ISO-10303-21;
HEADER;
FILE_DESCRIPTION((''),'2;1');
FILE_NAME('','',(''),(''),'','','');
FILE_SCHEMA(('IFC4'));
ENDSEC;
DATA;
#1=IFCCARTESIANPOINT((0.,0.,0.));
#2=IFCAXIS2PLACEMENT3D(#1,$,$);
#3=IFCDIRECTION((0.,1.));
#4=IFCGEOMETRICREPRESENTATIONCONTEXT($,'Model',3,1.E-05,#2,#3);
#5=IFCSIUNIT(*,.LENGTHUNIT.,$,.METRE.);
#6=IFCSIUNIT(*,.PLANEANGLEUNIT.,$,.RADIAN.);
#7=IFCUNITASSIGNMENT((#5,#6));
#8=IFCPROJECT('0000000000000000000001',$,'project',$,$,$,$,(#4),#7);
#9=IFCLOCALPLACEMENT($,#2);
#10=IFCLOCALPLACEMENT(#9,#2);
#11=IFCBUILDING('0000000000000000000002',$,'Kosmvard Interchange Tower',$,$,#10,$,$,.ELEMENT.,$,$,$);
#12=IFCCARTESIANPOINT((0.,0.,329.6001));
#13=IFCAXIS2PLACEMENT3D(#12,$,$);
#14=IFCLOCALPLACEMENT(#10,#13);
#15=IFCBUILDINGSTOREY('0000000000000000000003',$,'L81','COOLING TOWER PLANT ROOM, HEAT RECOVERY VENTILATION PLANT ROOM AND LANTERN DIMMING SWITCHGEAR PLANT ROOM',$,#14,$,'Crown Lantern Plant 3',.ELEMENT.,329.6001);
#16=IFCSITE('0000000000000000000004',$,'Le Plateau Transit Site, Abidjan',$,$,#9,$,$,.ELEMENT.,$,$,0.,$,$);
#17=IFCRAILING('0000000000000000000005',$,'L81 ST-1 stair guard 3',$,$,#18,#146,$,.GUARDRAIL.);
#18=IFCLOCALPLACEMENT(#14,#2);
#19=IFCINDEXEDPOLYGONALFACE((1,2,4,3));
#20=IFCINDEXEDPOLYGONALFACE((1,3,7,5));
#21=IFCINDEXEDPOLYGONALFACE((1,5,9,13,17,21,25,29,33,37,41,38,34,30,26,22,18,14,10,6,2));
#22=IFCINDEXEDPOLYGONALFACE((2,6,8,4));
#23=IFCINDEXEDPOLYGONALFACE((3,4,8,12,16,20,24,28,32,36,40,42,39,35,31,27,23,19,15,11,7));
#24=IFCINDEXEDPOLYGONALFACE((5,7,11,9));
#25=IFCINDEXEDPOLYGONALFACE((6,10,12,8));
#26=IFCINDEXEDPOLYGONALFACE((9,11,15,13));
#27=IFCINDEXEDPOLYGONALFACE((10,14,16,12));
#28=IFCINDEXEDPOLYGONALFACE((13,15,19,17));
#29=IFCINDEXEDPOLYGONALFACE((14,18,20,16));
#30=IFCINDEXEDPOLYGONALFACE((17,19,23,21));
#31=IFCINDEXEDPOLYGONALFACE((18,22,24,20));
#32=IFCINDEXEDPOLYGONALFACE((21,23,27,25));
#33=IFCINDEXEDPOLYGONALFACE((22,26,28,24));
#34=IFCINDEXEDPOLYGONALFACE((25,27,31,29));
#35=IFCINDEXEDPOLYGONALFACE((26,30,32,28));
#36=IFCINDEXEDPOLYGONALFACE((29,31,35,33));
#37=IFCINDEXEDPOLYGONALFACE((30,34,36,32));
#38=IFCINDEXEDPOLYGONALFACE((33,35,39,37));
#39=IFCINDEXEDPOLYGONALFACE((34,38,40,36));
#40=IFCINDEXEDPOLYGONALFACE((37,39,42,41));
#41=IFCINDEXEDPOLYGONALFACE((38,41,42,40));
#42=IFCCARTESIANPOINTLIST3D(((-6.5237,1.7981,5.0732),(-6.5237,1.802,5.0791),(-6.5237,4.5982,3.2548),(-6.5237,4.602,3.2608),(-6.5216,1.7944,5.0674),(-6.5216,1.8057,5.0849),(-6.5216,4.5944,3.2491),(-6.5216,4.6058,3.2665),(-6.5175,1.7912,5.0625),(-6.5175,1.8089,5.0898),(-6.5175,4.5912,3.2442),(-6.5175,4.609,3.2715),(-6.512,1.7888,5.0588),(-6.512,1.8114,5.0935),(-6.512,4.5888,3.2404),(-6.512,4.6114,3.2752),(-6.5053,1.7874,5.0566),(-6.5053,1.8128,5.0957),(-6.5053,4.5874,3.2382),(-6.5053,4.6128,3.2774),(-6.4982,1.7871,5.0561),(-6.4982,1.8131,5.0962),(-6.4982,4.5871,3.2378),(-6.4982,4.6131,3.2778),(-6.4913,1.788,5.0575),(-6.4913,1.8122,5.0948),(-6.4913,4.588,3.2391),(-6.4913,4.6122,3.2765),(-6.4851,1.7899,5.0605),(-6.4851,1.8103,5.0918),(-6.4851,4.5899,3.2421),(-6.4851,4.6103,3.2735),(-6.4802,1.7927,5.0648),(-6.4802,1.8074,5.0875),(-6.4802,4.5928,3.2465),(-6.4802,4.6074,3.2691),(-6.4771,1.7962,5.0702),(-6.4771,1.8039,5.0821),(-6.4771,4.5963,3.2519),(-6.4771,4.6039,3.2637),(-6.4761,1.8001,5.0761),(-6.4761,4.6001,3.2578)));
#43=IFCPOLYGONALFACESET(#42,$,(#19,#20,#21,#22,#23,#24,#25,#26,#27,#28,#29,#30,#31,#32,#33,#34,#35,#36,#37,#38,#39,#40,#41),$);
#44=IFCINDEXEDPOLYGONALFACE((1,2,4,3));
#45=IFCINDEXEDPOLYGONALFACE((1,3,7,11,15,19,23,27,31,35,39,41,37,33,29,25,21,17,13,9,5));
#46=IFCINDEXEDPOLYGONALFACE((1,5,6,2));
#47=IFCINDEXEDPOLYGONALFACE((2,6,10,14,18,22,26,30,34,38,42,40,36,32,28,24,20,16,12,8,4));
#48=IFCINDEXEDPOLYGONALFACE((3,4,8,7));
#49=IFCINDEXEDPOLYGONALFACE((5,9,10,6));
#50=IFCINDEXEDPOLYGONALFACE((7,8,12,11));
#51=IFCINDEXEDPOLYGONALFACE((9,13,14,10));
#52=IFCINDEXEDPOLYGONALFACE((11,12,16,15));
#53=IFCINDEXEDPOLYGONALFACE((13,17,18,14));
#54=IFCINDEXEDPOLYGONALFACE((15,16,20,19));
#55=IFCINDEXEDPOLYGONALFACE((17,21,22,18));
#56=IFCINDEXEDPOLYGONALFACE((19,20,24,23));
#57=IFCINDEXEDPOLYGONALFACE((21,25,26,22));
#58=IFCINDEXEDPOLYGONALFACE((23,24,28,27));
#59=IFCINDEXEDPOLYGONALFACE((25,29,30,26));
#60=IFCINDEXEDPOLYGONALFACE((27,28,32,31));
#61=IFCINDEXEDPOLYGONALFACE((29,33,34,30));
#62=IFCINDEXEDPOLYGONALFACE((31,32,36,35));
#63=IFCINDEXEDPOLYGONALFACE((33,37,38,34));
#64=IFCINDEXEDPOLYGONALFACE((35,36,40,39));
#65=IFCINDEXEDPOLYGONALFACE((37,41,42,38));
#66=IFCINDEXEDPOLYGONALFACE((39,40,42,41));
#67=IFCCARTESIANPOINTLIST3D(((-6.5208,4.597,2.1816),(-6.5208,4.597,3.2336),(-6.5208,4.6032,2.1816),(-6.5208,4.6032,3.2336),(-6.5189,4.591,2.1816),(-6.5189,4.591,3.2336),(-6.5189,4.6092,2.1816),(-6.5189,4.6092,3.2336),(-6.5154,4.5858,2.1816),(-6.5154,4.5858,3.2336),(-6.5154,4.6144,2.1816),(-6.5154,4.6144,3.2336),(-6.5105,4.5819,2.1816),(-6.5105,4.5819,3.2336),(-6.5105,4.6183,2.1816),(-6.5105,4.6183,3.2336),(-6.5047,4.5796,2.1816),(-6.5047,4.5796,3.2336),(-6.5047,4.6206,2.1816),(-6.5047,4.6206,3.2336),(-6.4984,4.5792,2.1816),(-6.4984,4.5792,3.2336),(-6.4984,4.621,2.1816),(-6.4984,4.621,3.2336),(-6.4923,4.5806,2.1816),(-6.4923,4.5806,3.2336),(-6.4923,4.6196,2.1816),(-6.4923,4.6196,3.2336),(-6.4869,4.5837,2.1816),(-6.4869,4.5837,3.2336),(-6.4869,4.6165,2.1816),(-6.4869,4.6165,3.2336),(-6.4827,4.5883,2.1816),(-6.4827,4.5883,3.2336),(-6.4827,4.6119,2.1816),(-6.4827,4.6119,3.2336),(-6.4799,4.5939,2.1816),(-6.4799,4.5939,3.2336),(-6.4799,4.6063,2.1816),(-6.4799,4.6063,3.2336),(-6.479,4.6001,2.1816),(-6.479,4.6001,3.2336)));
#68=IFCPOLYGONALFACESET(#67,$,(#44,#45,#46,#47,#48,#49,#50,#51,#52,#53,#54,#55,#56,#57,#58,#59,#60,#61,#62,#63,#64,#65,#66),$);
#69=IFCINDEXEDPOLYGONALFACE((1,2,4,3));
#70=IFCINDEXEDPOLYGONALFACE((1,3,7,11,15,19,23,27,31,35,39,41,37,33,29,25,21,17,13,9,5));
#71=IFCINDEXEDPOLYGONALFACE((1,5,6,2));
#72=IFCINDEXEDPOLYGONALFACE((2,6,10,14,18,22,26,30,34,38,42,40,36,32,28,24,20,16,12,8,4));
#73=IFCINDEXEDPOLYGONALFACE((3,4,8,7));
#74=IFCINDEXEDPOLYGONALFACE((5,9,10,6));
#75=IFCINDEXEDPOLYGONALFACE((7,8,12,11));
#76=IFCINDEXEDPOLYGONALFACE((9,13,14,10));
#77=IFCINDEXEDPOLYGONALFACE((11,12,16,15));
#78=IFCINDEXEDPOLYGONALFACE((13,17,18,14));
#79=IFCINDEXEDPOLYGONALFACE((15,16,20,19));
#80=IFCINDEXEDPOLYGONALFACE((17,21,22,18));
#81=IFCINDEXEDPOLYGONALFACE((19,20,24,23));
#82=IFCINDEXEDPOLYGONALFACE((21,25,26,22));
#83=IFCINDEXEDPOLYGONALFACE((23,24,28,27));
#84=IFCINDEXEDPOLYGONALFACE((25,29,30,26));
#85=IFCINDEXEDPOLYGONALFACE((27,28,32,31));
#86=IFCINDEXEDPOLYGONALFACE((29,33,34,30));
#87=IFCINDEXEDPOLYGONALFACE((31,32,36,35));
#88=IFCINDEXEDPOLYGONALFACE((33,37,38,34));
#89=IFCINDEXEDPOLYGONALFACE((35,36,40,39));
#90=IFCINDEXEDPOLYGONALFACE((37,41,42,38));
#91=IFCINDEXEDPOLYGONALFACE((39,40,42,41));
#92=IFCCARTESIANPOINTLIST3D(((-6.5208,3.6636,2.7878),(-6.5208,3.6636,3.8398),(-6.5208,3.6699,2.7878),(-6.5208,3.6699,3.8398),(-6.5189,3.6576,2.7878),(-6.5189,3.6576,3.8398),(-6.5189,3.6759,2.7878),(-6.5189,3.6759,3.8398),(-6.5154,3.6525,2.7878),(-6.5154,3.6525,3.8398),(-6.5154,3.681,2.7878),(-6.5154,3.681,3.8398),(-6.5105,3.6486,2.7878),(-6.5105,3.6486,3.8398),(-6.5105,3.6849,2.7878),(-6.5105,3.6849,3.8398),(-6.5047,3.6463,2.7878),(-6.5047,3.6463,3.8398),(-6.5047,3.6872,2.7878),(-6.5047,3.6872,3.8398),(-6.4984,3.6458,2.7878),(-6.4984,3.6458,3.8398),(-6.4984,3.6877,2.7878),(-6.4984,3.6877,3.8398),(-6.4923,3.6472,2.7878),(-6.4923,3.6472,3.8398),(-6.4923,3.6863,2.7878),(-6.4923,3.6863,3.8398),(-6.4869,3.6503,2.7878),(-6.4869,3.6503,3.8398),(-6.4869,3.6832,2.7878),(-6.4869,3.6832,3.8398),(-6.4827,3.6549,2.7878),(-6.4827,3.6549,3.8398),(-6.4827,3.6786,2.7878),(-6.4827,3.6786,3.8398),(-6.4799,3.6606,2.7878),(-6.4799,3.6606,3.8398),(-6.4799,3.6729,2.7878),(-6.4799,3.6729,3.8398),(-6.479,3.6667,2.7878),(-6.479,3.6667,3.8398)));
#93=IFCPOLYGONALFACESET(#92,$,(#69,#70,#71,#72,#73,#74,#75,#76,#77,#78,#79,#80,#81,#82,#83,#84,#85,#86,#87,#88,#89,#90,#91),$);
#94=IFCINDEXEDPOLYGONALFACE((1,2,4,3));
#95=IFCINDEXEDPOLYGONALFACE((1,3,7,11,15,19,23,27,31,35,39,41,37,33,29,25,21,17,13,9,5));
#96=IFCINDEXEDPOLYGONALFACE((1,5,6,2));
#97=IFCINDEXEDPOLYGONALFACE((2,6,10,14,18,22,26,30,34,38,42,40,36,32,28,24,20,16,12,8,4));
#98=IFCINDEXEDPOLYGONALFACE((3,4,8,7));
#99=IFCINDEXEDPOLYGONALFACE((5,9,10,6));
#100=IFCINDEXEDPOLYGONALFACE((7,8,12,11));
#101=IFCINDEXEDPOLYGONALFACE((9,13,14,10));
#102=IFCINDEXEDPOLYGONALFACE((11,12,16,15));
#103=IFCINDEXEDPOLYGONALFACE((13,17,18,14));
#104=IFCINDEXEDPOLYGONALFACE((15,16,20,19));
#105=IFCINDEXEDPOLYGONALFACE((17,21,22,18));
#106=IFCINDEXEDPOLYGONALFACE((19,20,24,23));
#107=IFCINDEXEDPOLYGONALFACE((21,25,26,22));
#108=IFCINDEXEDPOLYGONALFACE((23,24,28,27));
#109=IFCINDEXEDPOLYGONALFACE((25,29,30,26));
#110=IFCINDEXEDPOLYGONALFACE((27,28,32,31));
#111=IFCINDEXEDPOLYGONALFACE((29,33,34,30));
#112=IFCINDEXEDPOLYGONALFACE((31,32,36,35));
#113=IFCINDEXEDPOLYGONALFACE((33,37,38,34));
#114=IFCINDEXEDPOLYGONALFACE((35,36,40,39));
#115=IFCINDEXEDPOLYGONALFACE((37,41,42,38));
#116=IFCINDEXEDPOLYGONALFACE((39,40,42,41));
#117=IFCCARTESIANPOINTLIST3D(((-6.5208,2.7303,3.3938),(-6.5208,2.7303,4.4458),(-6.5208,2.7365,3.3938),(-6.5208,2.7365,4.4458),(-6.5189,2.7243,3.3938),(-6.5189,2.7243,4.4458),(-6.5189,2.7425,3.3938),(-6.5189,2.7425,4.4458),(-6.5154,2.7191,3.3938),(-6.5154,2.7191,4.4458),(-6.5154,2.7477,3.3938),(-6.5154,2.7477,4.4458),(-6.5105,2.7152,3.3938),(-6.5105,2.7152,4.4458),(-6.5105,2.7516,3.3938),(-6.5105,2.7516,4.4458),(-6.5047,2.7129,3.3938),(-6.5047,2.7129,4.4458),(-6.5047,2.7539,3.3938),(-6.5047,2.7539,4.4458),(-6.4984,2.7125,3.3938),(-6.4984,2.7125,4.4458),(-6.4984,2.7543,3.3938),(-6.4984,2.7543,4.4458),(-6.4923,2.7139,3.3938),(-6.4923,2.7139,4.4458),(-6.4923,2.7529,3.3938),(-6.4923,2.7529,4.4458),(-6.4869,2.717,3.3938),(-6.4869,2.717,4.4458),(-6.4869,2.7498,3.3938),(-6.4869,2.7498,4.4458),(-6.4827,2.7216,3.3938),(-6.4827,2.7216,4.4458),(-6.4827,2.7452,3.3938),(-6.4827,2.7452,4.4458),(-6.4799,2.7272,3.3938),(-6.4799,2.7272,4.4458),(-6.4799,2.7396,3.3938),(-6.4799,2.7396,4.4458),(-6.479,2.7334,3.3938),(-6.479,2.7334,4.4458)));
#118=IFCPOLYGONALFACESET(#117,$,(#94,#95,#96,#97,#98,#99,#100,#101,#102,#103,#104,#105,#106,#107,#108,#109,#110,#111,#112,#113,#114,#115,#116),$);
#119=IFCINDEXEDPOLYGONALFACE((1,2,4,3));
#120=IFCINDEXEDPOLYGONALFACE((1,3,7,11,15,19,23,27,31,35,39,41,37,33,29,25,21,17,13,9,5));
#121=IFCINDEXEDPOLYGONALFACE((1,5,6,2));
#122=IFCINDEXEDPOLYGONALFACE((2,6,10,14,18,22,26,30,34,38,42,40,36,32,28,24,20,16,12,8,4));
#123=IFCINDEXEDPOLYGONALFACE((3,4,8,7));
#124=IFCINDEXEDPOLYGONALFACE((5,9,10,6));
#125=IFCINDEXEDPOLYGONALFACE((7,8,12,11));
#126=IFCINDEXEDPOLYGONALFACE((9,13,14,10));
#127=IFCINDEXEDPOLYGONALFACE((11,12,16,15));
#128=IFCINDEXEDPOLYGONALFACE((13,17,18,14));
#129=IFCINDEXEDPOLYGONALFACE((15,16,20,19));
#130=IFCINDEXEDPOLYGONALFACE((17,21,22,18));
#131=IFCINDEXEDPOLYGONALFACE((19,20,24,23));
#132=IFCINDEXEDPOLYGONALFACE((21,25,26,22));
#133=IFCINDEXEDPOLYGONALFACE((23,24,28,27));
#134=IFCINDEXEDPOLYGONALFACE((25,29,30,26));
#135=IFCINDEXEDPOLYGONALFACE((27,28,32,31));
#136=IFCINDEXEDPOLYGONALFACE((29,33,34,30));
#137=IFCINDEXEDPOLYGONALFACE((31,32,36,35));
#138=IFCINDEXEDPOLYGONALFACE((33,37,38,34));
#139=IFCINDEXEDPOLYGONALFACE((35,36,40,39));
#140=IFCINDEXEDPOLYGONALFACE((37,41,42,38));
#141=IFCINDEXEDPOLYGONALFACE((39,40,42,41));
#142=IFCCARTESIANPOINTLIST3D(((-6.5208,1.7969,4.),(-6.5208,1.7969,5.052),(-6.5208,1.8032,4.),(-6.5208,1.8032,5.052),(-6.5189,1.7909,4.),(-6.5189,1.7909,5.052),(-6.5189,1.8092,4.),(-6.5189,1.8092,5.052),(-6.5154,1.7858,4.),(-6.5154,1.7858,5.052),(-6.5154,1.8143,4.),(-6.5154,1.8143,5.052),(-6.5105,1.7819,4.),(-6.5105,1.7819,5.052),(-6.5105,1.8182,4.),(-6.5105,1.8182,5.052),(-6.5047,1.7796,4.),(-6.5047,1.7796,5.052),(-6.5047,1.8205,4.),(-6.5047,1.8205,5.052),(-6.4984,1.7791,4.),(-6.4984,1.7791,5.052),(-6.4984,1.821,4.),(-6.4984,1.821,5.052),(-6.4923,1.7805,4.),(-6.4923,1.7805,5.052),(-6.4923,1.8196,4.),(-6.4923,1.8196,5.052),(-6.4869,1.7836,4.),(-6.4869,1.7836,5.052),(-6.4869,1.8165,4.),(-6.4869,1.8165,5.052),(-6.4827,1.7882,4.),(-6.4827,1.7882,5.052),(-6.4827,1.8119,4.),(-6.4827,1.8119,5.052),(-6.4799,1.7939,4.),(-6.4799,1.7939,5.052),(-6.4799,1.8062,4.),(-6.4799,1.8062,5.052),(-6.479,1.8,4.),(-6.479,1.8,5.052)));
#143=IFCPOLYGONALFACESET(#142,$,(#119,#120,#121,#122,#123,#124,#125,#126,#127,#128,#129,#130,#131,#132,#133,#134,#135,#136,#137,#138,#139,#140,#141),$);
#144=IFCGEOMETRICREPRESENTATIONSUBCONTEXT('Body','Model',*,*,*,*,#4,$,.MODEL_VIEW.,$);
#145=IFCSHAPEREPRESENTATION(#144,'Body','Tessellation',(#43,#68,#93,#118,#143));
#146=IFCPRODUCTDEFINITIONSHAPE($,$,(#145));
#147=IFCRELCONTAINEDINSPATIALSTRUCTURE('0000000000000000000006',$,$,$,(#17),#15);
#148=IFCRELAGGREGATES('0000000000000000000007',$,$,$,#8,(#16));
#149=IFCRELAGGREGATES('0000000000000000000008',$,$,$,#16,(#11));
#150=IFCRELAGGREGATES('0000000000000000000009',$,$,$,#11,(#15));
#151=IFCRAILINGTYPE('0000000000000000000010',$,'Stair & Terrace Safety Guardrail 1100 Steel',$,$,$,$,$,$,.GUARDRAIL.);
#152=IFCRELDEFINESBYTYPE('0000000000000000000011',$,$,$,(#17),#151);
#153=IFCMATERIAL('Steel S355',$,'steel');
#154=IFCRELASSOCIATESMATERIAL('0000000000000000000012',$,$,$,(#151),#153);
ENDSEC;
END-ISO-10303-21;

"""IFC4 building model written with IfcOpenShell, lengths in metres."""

from ifc_helpers import new_model, si_unit, direction, frame, origin, origin_2d, place, context, subcontext, project, spatial, circle, extrude, source, transform, mapped, material, type_object, element, save


model = new_model("IFC4")

# Units and contexts
model_context = context("Model", 3, precision=1e-05, world=origin(), true_north=direction((0.0, 1.0)))
body_context = subcontext(model_context, "Body", "Model", "MODEL_VIEW")
ifc_project = project(units=[si_unit("LENGTHUNIT", "METRE"), si_unit("PLANEANGLEUNIT", "RADIAN")], contexts=[model_context])

# Site, building, storey
site_placement = place(None, origin())
site = spatial("IfcSite", under=ifc_project, at=site_placement, Name="Le Plateau Transit Site, Abidjan", CompositionType="ELEMENT", RefElevation=0.0)
building_placement = place(site_placement, origin())
building = spatial("IfcBuilding", under=site, at=building_placement, Name="Kosmvard Interchange Tower", CompositionType="ELEMENT")
storey_placement = place(building_placement, frame((0.0, 0.0, 329.6001)))
storey = spatial("IfcBuildingStorey", under=building, at=storey_placement, Name="L81", Description="COOLING TOWER PLANT ROOM, HEAT RECOVERY VENTILATION PLANT ROOM AND LANTERN DIMMING SWITCHGEAR PLANT ROOM", LongName="Crown Lantern Plant 3", CompositionType="ELEMENT", Elevation=329.6001)

# Shared definitions
ifc_material_1 = material(Name="Steel S355", Category="steel")

# Railing
railing_type_1 = type_object("IfcRailingType", Name="Stair & Terrace Safety Guardrail 1100 Steel", PredefinedType="GUARDRAIL", material=ifc_material_1)
shared_shape_1 = source(origin(), body_context, "Body", "SweptSolid", [
    extrude(circle(Radius=0.0239, at=origin_2d()), frame((0.0, 0.0, 1.0762), z_axis=(0.0, -0.838672, 0.544636), x_axis=(1.0, 0.0, 0.0)), (0.0, 0.0, 1.0), 3.3386),
    extrude(circle(Radius=0.021, at=origin_2d()), origin(), (0.0, 0.0, 1.0), 1.052),
    extrude(circle(Radius=0.021, at=origin_2d()), frame((0.0, -0.9333, 0.6062)), (0.0, 0.0, 1.0), 1.052),
    extrude(circle(Radius=0.021, at=origin_2d()), frame((0.0, -1.8667, 1.2122)), (0.0, 0.0, 1.0), 1.052),
    extrude(circle(Radius=0.021, at=origin_2d()), frame((0.0, -2.8, 1.8184)), (0.0, 0.0, 1.0), 1.052),
])
railing_1_placement = place(storey_placement, frame((-6.5, 4.6001, 2.1816)))
element("IfcRailing", 1, at=railing_1_placement, inside=storey, type_object=railing_type_1, Name="L81 ST-1 stair guard 3", PredefinedType="GUARDRAIL", context=body_context, shape_type="MappedRepresentation", body=[
    mapped(shared_shape_1, transform((0.0, 0.0, 0.0), scale=1.0)),
])

save(model, "model.ifc")
